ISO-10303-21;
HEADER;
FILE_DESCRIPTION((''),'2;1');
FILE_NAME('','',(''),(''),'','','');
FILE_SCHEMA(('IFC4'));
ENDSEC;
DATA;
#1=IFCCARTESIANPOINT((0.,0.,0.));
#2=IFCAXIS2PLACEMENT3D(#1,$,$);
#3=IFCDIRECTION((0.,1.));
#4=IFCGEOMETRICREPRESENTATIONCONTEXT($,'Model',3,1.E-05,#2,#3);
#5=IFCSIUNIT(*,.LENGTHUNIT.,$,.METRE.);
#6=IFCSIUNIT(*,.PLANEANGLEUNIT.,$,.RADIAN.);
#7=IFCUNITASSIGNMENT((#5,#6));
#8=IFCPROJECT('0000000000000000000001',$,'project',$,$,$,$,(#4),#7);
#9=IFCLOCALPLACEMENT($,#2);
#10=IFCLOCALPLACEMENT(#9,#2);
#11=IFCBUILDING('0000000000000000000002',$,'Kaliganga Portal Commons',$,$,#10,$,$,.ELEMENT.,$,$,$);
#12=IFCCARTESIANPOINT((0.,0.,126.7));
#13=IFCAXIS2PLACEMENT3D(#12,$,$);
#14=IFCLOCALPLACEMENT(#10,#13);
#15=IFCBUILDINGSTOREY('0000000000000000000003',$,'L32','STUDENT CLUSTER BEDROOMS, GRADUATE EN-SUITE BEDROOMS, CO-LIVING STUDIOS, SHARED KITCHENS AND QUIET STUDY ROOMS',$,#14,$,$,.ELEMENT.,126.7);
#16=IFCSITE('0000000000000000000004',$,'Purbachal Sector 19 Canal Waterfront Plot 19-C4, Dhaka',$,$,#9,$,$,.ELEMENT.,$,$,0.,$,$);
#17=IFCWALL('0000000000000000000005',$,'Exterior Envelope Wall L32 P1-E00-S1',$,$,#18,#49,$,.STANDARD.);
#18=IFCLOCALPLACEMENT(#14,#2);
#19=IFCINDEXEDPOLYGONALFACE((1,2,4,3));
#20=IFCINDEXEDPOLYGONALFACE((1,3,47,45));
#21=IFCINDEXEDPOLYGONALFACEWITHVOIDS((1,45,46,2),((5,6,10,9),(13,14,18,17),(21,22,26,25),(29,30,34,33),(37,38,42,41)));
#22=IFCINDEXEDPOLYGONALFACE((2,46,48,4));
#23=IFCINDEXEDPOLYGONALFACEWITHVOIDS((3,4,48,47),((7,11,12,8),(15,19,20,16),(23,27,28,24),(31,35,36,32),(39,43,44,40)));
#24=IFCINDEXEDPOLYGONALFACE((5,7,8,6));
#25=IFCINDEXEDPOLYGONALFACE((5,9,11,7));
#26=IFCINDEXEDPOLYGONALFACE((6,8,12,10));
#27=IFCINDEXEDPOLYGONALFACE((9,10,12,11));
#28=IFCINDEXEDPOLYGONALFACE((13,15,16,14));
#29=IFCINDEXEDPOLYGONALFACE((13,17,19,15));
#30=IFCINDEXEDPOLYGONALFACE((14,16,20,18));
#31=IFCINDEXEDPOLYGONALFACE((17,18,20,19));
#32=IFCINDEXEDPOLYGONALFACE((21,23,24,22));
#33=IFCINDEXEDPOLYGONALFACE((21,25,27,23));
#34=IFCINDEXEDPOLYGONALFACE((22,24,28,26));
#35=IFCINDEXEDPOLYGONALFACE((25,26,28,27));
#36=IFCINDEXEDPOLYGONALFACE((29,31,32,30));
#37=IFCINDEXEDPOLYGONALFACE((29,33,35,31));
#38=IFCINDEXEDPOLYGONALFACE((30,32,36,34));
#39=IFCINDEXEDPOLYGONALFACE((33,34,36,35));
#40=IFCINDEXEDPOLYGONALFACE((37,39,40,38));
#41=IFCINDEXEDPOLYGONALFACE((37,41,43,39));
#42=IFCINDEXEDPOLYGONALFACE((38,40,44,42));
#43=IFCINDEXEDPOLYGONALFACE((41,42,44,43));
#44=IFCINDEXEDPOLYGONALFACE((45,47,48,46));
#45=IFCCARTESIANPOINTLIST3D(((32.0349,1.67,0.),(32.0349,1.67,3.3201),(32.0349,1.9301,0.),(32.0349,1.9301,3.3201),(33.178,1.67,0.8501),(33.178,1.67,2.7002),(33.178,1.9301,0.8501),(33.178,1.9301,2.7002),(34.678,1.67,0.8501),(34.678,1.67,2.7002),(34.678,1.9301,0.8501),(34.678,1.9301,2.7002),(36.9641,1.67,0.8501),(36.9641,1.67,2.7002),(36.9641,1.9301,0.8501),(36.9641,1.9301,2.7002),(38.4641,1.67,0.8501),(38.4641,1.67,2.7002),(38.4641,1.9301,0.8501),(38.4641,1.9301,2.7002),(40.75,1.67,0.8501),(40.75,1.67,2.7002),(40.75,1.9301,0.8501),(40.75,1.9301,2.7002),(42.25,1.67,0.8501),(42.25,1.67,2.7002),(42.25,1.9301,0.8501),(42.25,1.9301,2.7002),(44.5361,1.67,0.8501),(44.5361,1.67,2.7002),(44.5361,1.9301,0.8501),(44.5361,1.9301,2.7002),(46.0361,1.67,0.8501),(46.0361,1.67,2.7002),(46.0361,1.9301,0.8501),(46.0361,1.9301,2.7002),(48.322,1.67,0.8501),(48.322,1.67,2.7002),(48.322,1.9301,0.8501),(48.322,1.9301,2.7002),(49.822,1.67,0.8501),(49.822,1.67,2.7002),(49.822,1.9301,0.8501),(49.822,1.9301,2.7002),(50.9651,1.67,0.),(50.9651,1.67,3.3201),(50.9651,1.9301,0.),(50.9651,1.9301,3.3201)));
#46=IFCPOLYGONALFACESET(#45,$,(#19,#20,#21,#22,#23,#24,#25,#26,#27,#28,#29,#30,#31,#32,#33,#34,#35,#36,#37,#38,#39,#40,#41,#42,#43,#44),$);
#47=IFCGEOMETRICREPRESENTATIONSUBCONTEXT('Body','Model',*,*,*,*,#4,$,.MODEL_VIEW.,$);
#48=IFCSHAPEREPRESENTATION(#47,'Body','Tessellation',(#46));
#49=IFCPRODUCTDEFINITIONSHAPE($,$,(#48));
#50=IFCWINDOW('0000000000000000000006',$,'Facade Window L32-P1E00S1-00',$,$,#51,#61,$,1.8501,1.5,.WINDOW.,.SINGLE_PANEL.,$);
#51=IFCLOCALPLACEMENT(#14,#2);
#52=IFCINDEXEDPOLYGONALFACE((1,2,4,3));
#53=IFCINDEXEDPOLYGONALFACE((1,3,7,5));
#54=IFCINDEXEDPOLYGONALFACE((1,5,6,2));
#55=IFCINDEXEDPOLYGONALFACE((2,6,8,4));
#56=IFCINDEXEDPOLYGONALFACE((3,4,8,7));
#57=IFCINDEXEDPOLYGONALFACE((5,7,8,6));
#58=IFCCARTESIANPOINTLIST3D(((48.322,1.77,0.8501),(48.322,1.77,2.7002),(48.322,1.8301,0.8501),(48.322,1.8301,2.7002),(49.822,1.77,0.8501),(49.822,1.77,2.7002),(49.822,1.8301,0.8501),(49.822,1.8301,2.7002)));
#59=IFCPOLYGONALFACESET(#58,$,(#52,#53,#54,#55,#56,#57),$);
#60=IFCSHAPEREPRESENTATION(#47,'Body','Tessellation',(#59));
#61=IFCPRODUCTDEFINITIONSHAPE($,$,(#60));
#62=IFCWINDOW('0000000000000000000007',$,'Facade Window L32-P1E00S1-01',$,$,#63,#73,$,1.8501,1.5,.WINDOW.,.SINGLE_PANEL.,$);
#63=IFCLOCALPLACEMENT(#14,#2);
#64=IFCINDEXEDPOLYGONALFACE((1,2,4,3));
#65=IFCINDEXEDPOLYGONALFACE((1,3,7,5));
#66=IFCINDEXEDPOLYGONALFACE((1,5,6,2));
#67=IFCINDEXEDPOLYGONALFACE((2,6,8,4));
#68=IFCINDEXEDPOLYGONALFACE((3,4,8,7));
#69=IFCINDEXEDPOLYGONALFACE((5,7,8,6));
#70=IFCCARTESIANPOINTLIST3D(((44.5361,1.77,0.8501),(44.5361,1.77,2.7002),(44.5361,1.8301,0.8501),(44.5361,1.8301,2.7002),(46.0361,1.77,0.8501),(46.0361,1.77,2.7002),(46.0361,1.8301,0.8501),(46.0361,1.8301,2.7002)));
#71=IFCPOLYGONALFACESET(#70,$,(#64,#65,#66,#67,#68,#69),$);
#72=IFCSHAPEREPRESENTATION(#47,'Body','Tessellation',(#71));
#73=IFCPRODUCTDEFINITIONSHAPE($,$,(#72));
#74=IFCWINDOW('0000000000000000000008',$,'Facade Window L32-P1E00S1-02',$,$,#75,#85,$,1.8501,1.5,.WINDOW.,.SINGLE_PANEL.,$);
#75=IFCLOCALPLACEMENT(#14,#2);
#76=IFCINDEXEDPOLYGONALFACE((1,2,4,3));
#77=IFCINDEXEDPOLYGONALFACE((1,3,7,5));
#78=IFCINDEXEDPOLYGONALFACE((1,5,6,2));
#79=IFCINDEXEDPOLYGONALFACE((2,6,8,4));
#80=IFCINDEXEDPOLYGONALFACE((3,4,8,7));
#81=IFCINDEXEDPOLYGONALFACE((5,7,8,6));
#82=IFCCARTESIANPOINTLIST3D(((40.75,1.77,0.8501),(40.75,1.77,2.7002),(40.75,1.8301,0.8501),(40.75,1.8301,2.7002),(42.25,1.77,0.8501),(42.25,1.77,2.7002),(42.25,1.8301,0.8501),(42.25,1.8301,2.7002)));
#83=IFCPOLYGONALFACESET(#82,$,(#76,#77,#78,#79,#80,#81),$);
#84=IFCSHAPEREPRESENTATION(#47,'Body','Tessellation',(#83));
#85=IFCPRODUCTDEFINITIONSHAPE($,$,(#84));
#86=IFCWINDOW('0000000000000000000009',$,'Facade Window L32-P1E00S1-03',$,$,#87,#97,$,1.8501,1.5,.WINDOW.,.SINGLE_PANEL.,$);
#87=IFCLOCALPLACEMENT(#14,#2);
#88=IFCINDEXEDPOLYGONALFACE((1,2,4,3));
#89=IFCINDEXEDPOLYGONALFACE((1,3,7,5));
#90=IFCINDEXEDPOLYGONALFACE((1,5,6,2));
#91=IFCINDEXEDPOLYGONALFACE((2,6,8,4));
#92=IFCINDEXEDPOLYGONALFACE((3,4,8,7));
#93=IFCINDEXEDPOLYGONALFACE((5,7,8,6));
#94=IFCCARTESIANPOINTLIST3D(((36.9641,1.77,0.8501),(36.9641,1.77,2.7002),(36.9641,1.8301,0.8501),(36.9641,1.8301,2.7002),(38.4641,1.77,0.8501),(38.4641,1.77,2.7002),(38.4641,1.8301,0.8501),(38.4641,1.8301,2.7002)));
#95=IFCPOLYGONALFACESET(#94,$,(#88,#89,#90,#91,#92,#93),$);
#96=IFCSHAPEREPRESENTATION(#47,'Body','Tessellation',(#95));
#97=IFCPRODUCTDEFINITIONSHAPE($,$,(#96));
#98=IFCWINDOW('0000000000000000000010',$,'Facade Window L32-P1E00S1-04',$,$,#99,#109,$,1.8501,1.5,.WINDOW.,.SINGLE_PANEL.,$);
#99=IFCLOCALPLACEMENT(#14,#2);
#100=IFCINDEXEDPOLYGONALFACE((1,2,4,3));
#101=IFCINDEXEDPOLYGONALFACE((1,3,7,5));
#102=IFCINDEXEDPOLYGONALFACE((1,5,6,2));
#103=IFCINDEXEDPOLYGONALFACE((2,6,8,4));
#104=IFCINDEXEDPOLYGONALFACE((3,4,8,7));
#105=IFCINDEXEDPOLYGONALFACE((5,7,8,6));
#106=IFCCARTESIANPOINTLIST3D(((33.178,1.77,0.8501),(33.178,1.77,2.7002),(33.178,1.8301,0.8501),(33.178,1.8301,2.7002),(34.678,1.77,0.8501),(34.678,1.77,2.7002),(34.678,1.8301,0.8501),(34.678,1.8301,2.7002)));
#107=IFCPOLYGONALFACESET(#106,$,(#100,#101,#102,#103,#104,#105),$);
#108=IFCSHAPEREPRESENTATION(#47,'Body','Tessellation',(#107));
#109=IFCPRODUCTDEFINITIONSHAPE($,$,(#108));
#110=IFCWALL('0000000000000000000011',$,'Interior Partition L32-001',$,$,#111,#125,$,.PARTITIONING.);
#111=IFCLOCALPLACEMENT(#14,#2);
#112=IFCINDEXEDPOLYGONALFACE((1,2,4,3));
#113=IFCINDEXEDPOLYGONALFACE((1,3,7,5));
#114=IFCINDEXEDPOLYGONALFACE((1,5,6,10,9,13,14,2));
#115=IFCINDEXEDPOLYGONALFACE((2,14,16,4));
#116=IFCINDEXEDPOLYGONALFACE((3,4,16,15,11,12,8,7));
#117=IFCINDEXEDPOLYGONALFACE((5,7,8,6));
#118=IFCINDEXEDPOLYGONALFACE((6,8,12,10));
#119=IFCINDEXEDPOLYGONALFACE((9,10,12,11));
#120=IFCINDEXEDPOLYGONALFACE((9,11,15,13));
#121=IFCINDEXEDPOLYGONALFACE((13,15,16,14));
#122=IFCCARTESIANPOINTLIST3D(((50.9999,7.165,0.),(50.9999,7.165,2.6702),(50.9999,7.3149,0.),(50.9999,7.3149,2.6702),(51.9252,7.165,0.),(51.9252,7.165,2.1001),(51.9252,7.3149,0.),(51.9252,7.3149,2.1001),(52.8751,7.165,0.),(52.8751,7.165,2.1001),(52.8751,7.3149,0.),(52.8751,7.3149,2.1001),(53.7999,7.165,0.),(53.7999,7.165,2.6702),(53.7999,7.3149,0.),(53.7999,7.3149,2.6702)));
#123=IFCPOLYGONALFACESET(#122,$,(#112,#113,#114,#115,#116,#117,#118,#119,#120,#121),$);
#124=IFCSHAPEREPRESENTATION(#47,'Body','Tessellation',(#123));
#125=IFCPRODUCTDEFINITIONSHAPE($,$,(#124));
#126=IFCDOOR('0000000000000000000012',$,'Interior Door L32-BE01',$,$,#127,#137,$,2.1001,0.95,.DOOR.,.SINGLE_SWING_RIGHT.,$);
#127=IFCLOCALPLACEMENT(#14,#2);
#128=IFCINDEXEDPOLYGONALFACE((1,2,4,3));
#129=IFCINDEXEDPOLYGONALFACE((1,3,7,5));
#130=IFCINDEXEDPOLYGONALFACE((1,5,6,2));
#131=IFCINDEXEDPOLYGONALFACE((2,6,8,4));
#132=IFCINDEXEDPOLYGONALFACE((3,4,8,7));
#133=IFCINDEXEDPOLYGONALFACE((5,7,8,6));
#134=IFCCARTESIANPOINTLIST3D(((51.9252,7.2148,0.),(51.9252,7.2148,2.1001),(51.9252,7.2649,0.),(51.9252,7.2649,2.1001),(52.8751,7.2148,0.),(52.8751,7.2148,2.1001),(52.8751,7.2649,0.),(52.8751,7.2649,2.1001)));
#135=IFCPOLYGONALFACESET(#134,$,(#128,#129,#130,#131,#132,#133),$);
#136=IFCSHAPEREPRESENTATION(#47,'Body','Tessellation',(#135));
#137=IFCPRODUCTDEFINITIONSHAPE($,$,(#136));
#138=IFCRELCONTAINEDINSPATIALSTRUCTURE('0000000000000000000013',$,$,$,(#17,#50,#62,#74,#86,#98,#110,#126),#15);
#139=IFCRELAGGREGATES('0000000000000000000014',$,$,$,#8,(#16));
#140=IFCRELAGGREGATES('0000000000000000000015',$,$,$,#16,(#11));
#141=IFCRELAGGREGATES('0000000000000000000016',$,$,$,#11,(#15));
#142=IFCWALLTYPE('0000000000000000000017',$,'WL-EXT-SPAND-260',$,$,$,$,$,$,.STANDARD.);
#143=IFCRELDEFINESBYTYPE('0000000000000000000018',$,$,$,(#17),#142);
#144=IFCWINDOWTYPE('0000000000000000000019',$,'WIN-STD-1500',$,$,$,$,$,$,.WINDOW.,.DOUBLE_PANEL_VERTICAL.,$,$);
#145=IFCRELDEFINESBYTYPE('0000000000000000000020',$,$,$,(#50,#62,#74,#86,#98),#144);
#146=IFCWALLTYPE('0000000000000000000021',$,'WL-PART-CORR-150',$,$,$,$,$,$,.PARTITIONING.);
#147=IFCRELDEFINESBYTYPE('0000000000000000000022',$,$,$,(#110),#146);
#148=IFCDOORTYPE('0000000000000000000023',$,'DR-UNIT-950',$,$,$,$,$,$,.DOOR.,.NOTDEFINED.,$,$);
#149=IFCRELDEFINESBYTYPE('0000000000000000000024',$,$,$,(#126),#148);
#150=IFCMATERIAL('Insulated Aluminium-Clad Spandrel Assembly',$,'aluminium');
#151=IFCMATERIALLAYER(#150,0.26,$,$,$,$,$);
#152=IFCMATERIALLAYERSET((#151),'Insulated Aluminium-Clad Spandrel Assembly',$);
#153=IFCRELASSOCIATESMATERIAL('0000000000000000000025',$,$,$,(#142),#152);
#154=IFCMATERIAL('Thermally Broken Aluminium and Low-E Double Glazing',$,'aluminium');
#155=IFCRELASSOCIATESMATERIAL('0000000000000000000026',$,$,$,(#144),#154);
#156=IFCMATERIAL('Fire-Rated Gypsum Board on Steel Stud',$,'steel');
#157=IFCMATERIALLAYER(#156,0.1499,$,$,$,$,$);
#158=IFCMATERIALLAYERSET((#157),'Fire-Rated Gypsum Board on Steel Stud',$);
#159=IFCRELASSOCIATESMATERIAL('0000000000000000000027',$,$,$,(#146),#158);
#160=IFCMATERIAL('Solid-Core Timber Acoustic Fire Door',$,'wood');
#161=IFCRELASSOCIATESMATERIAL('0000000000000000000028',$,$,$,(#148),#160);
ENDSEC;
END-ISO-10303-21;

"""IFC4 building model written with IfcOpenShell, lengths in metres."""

from ifc_helpers import new_model, si_unit, direction, frame, frame_2d, origin, place, context, subcontext, project, spatial, rectangle, extrude, material, layer, layer_set, type_object, element, fill, save


model = new_model("IFC4")

# Units and contexts
model_context = context("Model", 3, precision=1e-05, world=origin(), true_north=direction((0.0, 1.0)))
body_context = subcontext(model_context, "Body", "Model", "MODEL_VIEW")
ifc_project = project(units=[si_unit("LENGTHUNIT", "METRE"), si_unit("PLANEANGLEUNIT", "RADIAN")], contexts=[model_context])

# Site, building, storey
site_placement = place(None, origin())
site = spatial("IfcSite", under=ifc_project, at=site_placement, Name="Purbachal Sector 19 Canal Waterfront Plot 19-C4, Dhaka", CompositionType="ELEMENT", RefElevation=0.0)
building_placement = place(site_placement, origin())
building = spatial("IfcBuilding", under=site, at=building_placement, Name="Kaliganga Portal Commons", CompositionType="ELEMENT")
storey_placement = place(building_placement, frame((0.0, 0.0, 126.7)))
storey = spatial("IfcBuildingStorey", under=building, at=storey_placement, Name="L32", Description="STUDENT CLUSTER BEDROOMS, GRADUATE EN-SUITE BEDROOMS, CO-LIVING STUDIOS, SHARED KITCHENS AND QUIET STUDY ROOMS", CompositionType="ELEMENT", Elevation=126.7)

# Wall, openings, windows
ifc_material_1 = material(Name="Insulated Aluminium-Clad Spandrel Assembly", Category="aluminium")
ifc_layer_1 = layer(ifc_material_1, 0.26)
ifc_layer_set_1 = layer_set([ifc_layer_1], Name="Insulated Aluminium-Clad Spandrel Assembly")
wall_type_1 = type_object("IfcWallType", Name="WL-EXT-SPAND-260", PredefinedType="STANDARD", material=ifc_layer_set_1)
wall_1_placement = place(storey_placement, frame((50.9651, 1.8, 0.0), z_axis=(0.0, 0.0, 1.0), x_axis=(-1.0, 0.0, 0.0)))
wall_1 = element("IfcWall", 1, at=wall_1_placement, inside=storey, type_object=wall_type_1, Name="Exterior Envelope Wall L32 P1-E00-S1", PredefinedType="STANDARD", context=body_context, shape_type="SweptSolid", body=[
    extrude(rectangle(XDim=18.9302, YDim=0.26, at=frame_2d((9.4651, 0.0))), origin(), (0.0, 0.0, 1.0), 3.3201),
])
opening_1_placement = place(wall_1_placement, frame((1.1431, 0.0, 0.8501)))
opening_1 = element("IfcOpeningElement", 2, at=opening_1_placement, cuts=wall_1, PredefinedType="OPENING", context=body_context, shape_type="SweptSolid", body=[
    extrude(rectangle(XDim=1.5, YDim=1.8501, at=frame_2d((0.75, 0.925))), frame((0.0, 0.1401, 0.0), z_axis=(0.0, -1.0, 0.0), x_axis=(1.0, 0.0, 0.0)), (0.0, 0.0, 1.0), 0.28),
])
opening_2_placement = place(wall_1_placement, frame((4.929, 0.0, 0.8501)))
opening_2 = element("IfcOpeningElement", 3, at=opening_2_placement, cuts=wall_1, PredefinedType="OPENING", context=body_context, shape_type="SweptSolid", body=[
    extrude(rectangle(XDim=1.5, YDim=1.8501, at=frame_2d((0.75, 0.925))), frame((0.0, 0.1401, 0.0), z_axis=(0.0, -1.0, 0.0), x_axis=(1.0, 0.0, 0.0)), (0.0, 0.0, 1.0), 0.28),
])
opening_3_placement = place(wall_1_placement, frame((8.7151, 0.0, 0.8501)))
opening_3 = element("IfcOpeningElement", 4, at=opening_3_placement, cuts=wall_1, PredefinedType="OPENING", context=body_context, shape_type="SweptSolid", body=[
    extrude(rectangle(XDim=1.5, YDim=1.8501, at=frame_2d((0.75, 0.925))), frame((0.0, 0.1401, 0.0), z_axis=(0.0, -1.0, 0.0), x_axis=(1.0, 0.0, 0.0)), (0.0, 0.0, 1.0), 0.28),
])
opening_4_placement = place(wall_1_placement, frame((12.501, 0.0, 0.8501)))
opening_4 = element("IfcOpeningElement", 5, at=opening_4_placement, cuts=wall_1, PredefinedType="OPENING", context=body_context, shape_type="SweptSolid", body=[
    extrude(rectangle(XDim=1.5, YDim=1.8501, at=frame_2d((0.75, 0.925))), frame((0.0, 0.1401, 0.0), z_axis=(0.0, -1.0, 0.0), x_axis=(1.0, 0.0, 0.0)), (0.0, 0.0, 1.0), 0.28),
])
opening_5_placement = place(wall_1_placement, frame((16.2871, 0.0, 0.8501)))
opening_5 = element("IfcOpeningElement", 6, at=opening_5_placement, cuts=wall_1, PredefinedType="OPENING", context=body_context, shape_type="SweptSolid", body=[
    extrude(rectangle(XDim=1.5, YDim=1.8501, at=frame_2d((0.75, 0.925))), frame((0.0, 0.1401, 0.0), z_axis=(0.0, -1.0, 0.0), x_axis=(1.0, 0.0, 0.0)), (0.0, 0.0, 1.0), 0.28),
])
ifc_material_2 = material(Name="Thermally Broken Aluminium and Low-E Double Glazing", Category="aluminium")
window_type = type_object("IfcWindowType", Name="WIN-STD-1500", PartitioningType="DOUBLE_PANEL_VERTICAL", PredefinedType="WINDOW", material=ifc_material_2)
window_1_placement = place(opening_1_placement, origin())
window_1 = element("IfcWindow", 7, at=window_1_placement, inside=storey, type_object=window_type, Name="Facade Window L32-P1E00S1-00", OverallHeight=1.8501, OverallWidth=1.5, PartitioningType="SINGLE_PANEL", PredefinedType="WINDOW", context=body_context, shape_type="SweptSolid", body=[
    extrude(rectangle(XDim=1.5, YDim=1.8501, at=frame_2d((0.75, 0.925))), frame((0.0, 0.03, 0.0), z_axis=(0.0, -1.0, 0.0), x_axis=(1.0, 0.0, 0.0)), (0.0, 0.0, 1.0), 0.0601),
])
fill(opening_1, window_1)
window_2_placement = place(opening_2_placement, origin())
window_2 = element("IfcWindow", 8, at=window_2_placement, inside=storey, type_object=window_type, Name="Facade Window L32-P1E00S1-01", OverallHeight=1.8501, OverallWidth=1.5, PartitioningType="SINGLE_PANEL", PredefinedType="WINDOW", context=body_context, shape_type="SweptSolid", body=[
    extrude(rectangle(XDim=1.5, YDim=1.8501, at=frame_2d((0.75, 0.925))), frame((0.0, 0.03, 0.0), z_axis=(0.0, -1.0, 0.0), x_axis=(1.0, 0.0, 0.0)), (0.0, 0.0, 1.0), 0.0601),
])
fill(opening_2, window_2)
window_3_placement = place(opening_3_placement, origin())
window_3 = element("IfcWindow", 9, at=window_3_placement, inside=storey, type_object=window_type, Name="Facade Window L32-P1E00S1-02", OverallHeight=1.8501, OverallWidth=1.5, PartitioningType="SINGLE_PANEL", PredefinedType="WINDOW", context=body_context, shape_type="SweptSolid", body=[
    extrude(rectangle(XDim=1.5, YDim=1.8501, at=frame_2d((0.75, 0.925))), frame((0.0, 0.03, 0.0), z_axis=(0.0, -1.0, 0.0), x_axis=(1.0, 0.0, 0.0)), (0.0, 0.0, 1.0), 0.0601),
])
fill(opening_3, window_3)
window_4_placement = place(opening_4_placement, origin())
window_4 = element("IfcWindow", 10, at=window_4_placement, inside=storey, type_object=window_type, Name="Facade Window L32-P1E00S1-03", OverallHeight=1.8501, OverallWidth=1.5, PartitioningType="SINGLE_PANEL", PredefinedType="WINDOW", context=body_context, shape_type="SweptSolid", body=[
    extrude(rectangle(XDim=1.5, YDim=1.8501, at=frame_2d((0.75, 0.925))), frame((0.0, 0.03, 0.0), z_axis=(0.0, -1.0, 0.0), x_axis=(1.0, 0.0, 0.0)), (0.0, 0.0, 1.0), 0.0601),
])
fill(opening_4, window_4)
window_5_placement = place(opening_5_placement, origin())
window_5 = element("IfcWindow", 11, at=window_5_placement, inside=storey, type_object=window_type, Name="Facade Window L32-P1E00S1-04", OverallHeight=1.8501, OverallWidth=1.5, PartitioningType="SINGLE_PANEL", PredefinedType="WINDOW", context=body_context, shape_type="SweptSolid", body=[
    extrude(rectangle(XDim=1.5, YDim=1.8501, at=frame_2d((0.75, 0.925))), frame((0.0, 0.03, 0.0), z_axis=(0.0, -1.0, 0.0), x_axis=(1.0, 0.0, 0.0)), (0.0, 0.0, 1.0), 0.0601),
])
fill(opening_5, window_5)

# Wall, opening, door
ifc_material_3 = material(Name="Fire-Rated Gypsum Board on Steel Stud", Category="steel")
ifc_layer_2 = layer(ifc_material_3, 0.1499)
ifc_layer_set_2 = layer_set([ifc_layer_2], Name="Fire-Rated Gypsum Board on Steel Stud")
wall_type_2 = type_object("IfcWallType", Name="WL-PART-CORR-150", PredefinedType="PARTITIONING", material=ifc_layer_set_2)
wall_2_placement = place(storey_placement, frame((51.0, 7.24, 0.0), z_axis=(0.0, 0.0, 1.0), x_axis=(1.0, 0.0, 0.0)))
wall_2 = element("IfcWall", 12, at=wall_2_placement, inside=storey, type_object=wall_type_2, Name="Interior Partition L32-001", PredefinedType="PARTITIONING", context=body_context, shape_type="SweptSolid", body=[
    extrude(rectangle(XDim=2.8, YDim=0.1499, at=frame_2d((1.3999, 0.0))), origin(), (0.0, 0.0, 1.0), 2.6702),
])
opening_6_placement = place(wall_2_placement, frame((0.925, 0.0, 0.0)))
opening_6 = element("IfcOpeningElement", 13, at=opening_6_placement, cuts=wall_2, PredefinedType="OPENING", context=body_context, shape_type="SweptSolid", body=[
    extrude(rectangle(XDim=0.95, YDim=2.1001, at=frame_2d((0.4751, 1.05))), frame((0.0, 0.085, 0.0), z_axis=(0.0, -1.0, 0.0), x_axis=(1.0, 0.0, 0.0)), (0.0, 0.0, 1.0), 0.1699),
])
ifc_material_4 = material(Name="Solid-Core Timber Acoustic Fire Door", Category="wood")
door_type_1 = type_object("IfcDoorType", Name="DR-UNIT-950", OperationType="NOTDEFINED", PredefinedType="DOOR", material=ifc_material_4)
door_1_placement = place(opening_6_placement, origin())
door_1 = element("IfcDoor", 14, at=door_1_placement, inside=storey, type_object=door_type_1, Name="Interior Door L32-BE01", OperationType="SINGLE_SWING_RIGHT", OverallHeight=2.1001, OverallWidth=0.95, PredefinedType="DOOR", context=body_context, shape_type="SweptSolid", body=[
    extrude(rectangle(XDim=0.95, YDim=2.1001, at=frame_2d((0.4751, 1.05))), frame((0.0, 0.0249, 0.0), z_axis=(0.0, -1.0, 0.0), x_axis=(1.0, 0.0, 0.0)), (0.0, 0.0, 1.0), 0.05),
])
fill(opening_6, door_1)

save(model, "model.ifc")
